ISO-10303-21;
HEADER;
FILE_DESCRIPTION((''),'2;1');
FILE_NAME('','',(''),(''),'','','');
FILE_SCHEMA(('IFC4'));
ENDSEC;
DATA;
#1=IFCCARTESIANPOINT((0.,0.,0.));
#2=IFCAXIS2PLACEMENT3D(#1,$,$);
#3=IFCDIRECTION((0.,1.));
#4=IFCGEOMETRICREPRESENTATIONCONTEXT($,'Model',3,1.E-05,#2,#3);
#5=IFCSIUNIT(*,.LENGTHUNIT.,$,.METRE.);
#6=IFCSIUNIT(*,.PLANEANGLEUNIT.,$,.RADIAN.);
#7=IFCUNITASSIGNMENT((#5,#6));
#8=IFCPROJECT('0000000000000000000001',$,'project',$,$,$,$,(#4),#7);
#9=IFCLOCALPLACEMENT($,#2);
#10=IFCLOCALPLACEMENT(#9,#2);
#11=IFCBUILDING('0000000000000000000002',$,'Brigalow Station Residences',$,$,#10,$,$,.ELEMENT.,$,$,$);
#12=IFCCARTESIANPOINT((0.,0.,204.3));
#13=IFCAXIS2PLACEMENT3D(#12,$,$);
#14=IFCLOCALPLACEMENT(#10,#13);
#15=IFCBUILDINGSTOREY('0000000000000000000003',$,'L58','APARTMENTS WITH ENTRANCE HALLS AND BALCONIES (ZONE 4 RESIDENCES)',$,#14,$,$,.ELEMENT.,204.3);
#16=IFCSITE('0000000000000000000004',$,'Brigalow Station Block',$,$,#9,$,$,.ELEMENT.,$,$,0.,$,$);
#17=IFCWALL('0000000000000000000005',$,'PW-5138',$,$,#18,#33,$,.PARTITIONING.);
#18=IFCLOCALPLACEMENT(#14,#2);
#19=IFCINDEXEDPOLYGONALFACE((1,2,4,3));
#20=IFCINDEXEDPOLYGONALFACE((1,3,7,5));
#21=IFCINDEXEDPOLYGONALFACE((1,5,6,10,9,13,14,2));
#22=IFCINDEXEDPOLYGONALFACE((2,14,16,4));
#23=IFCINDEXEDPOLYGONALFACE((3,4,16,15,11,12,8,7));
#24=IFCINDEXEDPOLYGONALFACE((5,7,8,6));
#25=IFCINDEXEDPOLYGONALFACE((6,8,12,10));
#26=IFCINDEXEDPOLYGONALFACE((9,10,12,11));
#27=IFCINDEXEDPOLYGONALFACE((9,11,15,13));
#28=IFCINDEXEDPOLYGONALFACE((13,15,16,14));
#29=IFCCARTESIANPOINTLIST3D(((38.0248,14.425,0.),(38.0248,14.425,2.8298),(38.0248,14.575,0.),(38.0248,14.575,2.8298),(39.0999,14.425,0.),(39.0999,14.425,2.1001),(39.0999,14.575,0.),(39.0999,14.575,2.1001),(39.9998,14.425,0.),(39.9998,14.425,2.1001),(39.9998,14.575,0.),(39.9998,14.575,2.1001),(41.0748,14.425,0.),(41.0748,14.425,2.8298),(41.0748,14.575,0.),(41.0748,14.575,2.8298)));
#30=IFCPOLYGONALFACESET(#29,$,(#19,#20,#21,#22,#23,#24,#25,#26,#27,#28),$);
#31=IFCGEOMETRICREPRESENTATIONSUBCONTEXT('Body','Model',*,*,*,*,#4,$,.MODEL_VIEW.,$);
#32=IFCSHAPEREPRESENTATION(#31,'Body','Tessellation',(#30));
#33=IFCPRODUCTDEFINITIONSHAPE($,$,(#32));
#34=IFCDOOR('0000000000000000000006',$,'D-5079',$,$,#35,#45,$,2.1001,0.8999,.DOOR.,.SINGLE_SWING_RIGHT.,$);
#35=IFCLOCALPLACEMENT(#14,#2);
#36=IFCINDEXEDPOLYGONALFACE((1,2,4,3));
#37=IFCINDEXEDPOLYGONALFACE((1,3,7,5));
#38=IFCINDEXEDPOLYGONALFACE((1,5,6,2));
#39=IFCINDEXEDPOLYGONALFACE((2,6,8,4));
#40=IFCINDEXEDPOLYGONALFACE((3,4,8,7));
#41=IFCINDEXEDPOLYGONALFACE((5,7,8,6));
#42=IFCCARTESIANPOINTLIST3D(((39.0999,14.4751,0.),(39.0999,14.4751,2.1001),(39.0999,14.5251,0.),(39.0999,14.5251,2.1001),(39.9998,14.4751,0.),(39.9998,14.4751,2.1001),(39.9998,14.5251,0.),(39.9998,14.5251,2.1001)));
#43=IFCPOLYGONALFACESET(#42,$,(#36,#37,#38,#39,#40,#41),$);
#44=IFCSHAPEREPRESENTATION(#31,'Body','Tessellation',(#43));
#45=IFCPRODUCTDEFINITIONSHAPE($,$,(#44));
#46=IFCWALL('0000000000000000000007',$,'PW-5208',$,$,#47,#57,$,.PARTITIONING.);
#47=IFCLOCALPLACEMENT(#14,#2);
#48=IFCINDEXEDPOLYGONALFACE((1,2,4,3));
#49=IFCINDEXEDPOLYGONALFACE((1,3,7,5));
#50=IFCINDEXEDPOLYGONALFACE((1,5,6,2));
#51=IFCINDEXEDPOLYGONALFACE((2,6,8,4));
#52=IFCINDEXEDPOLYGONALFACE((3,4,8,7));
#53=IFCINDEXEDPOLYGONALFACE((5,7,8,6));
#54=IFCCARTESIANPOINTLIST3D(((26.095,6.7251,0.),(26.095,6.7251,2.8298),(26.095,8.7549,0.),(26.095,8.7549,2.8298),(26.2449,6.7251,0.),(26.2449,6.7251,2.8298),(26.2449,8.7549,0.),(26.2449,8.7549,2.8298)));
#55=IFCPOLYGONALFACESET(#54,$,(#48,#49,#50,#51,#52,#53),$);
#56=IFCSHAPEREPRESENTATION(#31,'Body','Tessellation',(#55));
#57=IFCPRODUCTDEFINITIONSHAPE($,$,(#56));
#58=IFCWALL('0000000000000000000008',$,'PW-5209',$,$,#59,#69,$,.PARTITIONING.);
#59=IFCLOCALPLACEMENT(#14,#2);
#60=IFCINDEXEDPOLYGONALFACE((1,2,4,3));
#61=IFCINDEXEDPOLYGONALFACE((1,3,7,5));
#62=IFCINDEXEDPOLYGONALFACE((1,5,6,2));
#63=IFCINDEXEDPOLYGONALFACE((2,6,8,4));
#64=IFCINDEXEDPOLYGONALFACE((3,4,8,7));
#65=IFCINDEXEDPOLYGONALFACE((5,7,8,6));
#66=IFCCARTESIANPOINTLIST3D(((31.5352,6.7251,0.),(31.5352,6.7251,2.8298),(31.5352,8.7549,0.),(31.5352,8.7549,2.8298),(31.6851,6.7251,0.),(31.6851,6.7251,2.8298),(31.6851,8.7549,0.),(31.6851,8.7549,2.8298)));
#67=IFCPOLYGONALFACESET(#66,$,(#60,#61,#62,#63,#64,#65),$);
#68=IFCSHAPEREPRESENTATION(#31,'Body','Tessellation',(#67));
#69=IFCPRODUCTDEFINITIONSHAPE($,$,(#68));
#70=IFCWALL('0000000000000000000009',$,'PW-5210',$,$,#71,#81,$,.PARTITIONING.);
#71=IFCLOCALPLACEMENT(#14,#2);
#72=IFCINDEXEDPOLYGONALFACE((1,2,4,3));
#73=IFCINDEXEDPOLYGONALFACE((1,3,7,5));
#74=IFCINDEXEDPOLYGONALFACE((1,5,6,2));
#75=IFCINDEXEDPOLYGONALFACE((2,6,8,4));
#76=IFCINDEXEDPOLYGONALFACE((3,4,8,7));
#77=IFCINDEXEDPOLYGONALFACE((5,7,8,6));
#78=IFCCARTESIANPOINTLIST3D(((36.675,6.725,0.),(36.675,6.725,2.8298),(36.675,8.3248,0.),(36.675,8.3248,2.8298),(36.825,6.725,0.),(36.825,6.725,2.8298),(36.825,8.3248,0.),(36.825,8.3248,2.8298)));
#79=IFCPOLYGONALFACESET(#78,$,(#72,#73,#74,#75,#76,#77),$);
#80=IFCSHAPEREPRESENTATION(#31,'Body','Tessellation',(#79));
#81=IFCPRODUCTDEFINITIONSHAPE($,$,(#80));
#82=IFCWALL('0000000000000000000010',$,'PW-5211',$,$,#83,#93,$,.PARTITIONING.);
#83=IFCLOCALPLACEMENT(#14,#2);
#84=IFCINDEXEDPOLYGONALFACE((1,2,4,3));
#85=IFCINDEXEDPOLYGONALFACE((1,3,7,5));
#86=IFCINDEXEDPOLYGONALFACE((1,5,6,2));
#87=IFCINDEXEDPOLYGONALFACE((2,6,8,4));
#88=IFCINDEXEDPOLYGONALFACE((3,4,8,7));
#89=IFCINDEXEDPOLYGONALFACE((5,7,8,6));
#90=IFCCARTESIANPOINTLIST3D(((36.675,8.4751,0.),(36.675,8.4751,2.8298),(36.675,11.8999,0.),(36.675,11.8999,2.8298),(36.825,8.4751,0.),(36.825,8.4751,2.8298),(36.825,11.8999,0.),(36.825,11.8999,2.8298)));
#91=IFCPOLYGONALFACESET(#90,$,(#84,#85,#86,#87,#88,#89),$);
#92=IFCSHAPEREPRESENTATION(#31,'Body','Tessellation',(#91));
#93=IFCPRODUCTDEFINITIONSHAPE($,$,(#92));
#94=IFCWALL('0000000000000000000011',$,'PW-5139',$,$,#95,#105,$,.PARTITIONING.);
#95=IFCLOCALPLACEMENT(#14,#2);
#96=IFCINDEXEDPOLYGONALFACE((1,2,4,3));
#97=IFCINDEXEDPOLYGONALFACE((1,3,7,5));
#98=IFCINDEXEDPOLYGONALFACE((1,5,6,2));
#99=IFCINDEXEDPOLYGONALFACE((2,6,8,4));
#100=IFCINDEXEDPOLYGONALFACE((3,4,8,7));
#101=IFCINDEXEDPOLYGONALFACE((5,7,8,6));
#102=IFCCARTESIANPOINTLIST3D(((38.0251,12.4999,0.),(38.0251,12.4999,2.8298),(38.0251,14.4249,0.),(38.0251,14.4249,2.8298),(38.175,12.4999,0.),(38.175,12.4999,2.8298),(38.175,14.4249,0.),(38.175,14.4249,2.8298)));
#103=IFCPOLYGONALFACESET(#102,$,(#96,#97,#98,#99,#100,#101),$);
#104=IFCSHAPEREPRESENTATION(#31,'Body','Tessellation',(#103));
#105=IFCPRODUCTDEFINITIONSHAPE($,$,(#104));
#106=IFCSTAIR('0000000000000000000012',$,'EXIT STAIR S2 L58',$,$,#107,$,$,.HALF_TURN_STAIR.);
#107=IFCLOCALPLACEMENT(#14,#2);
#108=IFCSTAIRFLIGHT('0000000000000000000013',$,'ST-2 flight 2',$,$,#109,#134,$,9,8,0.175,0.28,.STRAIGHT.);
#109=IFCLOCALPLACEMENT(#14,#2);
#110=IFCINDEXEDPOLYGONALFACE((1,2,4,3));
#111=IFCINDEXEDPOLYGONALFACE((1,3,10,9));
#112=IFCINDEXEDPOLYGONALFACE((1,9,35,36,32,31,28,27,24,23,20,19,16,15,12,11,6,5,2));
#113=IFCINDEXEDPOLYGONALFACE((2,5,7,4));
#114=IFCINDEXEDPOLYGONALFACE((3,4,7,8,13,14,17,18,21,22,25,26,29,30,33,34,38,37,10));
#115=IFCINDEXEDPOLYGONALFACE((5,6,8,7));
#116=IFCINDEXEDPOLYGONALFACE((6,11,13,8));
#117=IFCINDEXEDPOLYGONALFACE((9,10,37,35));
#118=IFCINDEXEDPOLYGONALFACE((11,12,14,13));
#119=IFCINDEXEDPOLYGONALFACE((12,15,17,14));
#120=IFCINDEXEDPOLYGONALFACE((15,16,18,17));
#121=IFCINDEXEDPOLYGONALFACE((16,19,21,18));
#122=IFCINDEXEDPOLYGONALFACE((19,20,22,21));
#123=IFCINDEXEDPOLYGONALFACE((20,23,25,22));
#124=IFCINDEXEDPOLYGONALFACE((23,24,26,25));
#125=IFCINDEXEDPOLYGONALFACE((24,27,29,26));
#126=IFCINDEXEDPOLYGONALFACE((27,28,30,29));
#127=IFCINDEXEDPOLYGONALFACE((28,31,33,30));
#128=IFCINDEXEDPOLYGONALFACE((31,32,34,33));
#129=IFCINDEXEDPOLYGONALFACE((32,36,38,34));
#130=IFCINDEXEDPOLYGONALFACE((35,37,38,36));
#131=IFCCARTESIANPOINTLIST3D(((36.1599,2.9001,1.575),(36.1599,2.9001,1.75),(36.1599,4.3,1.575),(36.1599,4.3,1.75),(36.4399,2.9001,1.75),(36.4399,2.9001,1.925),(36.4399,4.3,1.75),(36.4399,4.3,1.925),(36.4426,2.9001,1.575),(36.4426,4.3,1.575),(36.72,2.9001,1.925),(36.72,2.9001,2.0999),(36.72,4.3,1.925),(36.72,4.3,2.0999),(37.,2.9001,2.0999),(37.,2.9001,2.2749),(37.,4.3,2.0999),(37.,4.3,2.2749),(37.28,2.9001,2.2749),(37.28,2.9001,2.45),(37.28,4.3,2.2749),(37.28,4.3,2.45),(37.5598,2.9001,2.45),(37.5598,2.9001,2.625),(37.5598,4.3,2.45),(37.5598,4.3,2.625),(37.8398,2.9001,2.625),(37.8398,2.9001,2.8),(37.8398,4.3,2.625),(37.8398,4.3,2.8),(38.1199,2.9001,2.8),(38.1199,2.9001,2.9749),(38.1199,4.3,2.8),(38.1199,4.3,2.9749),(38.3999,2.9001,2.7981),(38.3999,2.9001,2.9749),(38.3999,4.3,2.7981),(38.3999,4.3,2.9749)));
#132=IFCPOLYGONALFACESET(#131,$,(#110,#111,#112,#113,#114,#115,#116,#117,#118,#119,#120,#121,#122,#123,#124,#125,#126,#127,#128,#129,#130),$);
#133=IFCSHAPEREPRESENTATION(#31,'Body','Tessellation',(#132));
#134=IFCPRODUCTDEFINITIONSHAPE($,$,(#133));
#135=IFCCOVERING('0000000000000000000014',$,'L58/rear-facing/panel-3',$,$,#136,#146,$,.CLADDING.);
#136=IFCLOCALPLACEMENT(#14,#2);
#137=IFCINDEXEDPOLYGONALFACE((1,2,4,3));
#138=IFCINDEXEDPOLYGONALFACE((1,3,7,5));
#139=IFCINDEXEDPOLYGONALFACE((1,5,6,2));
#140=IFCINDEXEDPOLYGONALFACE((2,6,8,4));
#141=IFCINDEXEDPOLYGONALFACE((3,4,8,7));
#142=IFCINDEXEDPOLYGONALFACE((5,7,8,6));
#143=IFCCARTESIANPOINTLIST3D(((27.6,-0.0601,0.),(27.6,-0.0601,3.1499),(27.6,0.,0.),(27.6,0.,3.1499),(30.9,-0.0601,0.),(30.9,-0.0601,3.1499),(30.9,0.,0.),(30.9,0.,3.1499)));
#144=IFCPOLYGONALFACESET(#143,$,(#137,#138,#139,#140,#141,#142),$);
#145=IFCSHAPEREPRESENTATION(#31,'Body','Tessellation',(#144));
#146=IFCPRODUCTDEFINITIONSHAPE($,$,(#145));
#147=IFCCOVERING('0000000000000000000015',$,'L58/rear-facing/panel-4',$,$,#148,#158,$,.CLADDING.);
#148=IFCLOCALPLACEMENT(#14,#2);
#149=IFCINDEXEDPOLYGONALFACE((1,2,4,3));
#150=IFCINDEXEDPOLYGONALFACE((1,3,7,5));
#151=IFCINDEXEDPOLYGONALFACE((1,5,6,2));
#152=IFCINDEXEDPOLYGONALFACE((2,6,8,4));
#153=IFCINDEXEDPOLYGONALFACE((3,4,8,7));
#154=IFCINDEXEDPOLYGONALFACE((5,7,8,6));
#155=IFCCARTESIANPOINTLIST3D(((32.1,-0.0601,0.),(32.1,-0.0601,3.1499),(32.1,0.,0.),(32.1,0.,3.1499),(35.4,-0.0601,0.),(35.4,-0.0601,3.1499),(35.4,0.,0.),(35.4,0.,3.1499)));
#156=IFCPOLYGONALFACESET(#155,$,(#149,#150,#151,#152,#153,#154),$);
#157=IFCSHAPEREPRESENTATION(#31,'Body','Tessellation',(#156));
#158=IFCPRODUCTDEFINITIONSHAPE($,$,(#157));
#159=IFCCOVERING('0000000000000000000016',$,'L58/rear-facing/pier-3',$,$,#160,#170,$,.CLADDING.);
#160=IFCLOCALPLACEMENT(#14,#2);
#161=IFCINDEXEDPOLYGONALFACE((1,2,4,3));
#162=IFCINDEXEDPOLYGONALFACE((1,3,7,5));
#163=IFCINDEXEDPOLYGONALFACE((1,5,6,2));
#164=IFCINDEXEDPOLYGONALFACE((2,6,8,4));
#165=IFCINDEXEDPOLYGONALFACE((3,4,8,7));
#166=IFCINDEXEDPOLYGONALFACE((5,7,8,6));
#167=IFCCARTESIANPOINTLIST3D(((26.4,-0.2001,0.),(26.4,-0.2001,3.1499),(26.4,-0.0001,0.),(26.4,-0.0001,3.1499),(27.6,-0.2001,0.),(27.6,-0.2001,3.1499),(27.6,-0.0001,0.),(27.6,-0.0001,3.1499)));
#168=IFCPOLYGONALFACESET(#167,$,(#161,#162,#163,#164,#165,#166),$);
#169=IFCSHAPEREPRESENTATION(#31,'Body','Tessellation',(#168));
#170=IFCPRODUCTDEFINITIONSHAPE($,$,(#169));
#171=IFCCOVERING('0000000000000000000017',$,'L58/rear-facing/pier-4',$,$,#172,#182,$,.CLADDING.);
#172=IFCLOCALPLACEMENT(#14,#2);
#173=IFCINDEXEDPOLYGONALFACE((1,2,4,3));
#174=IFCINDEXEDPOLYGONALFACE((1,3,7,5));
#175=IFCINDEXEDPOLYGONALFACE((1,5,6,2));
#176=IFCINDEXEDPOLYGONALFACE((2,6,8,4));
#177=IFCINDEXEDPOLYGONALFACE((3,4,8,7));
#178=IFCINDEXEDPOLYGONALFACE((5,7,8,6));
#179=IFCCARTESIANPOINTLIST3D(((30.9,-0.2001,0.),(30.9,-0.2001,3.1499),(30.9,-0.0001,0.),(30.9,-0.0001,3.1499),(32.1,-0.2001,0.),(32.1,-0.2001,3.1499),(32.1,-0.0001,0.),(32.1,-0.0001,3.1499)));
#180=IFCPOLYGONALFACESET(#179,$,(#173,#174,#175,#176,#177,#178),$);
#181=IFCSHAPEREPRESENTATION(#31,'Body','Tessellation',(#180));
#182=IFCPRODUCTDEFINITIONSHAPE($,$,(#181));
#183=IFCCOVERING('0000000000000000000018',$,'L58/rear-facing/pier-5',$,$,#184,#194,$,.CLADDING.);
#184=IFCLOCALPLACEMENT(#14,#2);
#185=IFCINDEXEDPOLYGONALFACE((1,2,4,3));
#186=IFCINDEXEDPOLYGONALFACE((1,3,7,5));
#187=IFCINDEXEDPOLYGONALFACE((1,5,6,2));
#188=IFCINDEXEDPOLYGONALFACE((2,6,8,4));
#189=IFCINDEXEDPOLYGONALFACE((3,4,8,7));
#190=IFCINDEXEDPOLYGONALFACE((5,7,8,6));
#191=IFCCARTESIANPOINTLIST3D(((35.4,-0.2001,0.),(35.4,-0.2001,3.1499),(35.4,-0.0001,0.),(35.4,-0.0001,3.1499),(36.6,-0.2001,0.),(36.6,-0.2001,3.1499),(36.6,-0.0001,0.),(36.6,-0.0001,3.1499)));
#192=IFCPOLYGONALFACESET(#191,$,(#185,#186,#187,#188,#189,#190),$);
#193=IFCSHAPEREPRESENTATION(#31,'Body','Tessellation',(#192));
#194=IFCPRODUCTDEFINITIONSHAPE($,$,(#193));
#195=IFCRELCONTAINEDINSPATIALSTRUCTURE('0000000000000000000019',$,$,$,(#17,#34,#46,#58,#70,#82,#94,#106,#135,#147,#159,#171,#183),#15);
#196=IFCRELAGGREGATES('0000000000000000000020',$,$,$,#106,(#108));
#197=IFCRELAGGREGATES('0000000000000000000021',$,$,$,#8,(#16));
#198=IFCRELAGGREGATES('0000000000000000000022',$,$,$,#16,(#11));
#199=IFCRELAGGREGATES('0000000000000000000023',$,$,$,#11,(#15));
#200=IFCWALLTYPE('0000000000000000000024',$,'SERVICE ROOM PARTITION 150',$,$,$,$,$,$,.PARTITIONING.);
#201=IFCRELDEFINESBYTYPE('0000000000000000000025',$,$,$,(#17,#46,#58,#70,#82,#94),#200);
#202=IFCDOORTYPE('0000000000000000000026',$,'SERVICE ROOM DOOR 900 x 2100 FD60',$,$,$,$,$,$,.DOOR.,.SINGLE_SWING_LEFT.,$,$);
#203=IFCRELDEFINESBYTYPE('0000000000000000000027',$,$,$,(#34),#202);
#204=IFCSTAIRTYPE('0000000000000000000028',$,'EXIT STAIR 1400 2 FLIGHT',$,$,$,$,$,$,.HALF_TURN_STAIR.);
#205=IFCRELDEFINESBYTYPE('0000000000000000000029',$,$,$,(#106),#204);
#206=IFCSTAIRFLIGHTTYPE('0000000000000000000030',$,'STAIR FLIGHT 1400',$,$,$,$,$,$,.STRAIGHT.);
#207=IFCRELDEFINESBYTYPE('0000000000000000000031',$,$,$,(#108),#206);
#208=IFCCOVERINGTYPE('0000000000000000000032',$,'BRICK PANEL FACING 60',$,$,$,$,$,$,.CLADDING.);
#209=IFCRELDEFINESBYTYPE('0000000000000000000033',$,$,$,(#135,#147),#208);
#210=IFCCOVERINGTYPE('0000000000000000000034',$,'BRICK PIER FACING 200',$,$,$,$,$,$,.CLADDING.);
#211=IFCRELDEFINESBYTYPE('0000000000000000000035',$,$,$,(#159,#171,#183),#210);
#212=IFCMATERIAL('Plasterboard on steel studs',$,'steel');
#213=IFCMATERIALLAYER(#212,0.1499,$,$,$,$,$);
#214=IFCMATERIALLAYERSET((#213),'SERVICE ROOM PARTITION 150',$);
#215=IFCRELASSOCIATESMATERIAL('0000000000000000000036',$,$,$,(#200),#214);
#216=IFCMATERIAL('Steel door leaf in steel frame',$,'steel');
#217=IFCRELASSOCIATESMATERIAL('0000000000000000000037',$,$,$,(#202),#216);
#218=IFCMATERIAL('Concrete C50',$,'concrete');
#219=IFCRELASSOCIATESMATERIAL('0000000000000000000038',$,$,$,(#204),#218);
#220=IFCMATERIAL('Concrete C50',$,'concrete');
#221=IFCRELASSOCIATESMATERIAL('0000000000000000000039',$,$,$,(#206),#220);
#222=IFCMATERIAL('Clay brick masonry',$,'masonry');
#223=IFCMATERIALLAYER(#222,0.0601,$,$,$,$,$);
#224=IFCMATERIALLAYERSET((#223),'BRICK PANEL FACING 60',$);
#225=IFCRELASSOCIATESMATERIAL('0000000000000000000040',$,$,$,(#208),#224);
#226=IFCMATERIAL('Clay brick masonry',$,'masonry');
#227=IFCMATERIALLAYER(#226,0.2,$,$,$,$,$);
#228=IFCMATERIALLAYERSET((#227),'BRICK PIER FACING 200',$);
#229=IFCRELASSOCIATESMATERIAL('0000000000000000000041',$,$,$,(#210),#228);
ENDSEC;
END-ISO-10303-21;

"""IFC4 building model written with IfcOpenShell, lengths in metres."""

from ifc_helpers import new_model, si_unit, direction, frame, frame_2d, origin, origin_2d, place, context, subcontext, project, spatial, polyline, rectangle, outline, extrude, material, layer, layer_set, type_object, element, fill, aggregate, save


model = new_model("IFC4")

# Units and contexts
model_context = context("Model", 3, precision=1e-05, world=origin(), true_north=direction((0.0, 1.0)))
body_context = subcontext(model_context, "Body", "Model", "MODEL_VIEW")
ifc_project = project(units=[si_unit("LENGTHUNIT", "METRE"), si_unit("PLANEANGLEUNIT", "RADIAN")], contexts=[model_context])

# Site, building, storey
site_placement = place(None, origin())
site = spatial("IfcSite", under=ifc_project, at=site_placement, Name="Brigalow Station Block", CompositionType="ELEMENT", RefElevation=0.0)
building_placement = place(site_placement, origin())
building = spatial("IfcBuilding", under=site, at=building_placement, Name="Brigalow Station Residences", CompositionType="ELEMENT")
storey_placement = place(building_placement, frame((0.0, 0.0, 204.3)))
storey = spatial("IfcBuildingStorey", under=building, at=storey_placement, Name="L58", Description="APARTMENTS WITH ENTRANCE HALLS AND BALCONIES (ZONE 4 RESIDENCES)", CompositionType="ELEMENT", Elevation=204.3)

# Shared definitions
ifc_material_1 = material(Name="Plasterboard on steel studs", Category="steel")
ifc_layer_1 = layer(ifc_material_1, 0.1499)
ifc_layer_set_1 = layer_set([ifc_layer_1], Name="SERVICE ROOM PARTITION 150")
wall_type_1 = type_object("IfcWallType", Name="SERVICE ROOM PARTITION 150", PredefinedType="PARTITIONING", material=ifc_layer_set_1)

# Wall, opening, door
wall_1_placement = place(storey_placement, frame((38.0249, 14.5, 0.0), z_axis=(0.0, 0.0, 1.0), x_axis=(1.0, 0.0, 0.0)))
wall_1 = element("IfcWall", 1, at=wall_1_placement, inside=storey, type_object=wall_type_1, Name="PW-5138", PredefinedType="PARTITIONING", context=body_context, shape_type="SweptSolid", body=[
    extrude(rectangle(XDim=3.05, YDim=0.1499, at=frame_2d((1.5249, 0.0))), origin(), (0.0, 0.0, 1.0), 2.8298),
])
opening_1_placement = place(wall_1_placement, frame((1.075, 0.0, 0.0)))
opening_1 = element("IfcOpeningElement", 2, at=opening_1_placement, cuts=wall_1, PredefinedType="OPENING", context=body_context, shape_type="SweptSolid", body=[
    extrude(rectangle(XDim=0.8999, YDim=2.1001, at=frame_2d((0.45, 1.05))), frame((0.0, 0.085, 0.0), z_axis=(0.0, -1.0, 0.0), x_axis=(1.0, 0.0, 0.0)), (0.0, 0.0, 1.0), 0.1699),
])
ifc_material_2 = material(Name="Steel door leaf in steel frame", Category="steel")
door_type_1 = type_object("IfcDoorType", Name="SERVICE ROOM DOOR 900 x 2100 FD60", OperationType="SINGLE_SWING_LEFT", PredefinedType="DOOR", material=ifc_material_2)
door_1_placement = place(opening_1_placement, frame((0.8999, 0.0, 0.0), z_axis=(0.0, 0.0, 1.0), x_axis=(-1.0, 0.0, 0.0)))
door_1 = element("IfcDoor", 3, at=door_1_placement, inside=storey, type_object=door_type_1, Name="D-5079", OperationType="SINGLE_SWING_RIGHT", OverallHeight=2.1001, OverallWidth=0.8999, PredefinedType="DOOR", context=body_context, shape_type="SweptSolid", body=[
    extrude(rectangle(XDim=0.8999, YDim=2.1001, at=frame_2d((0.45, 1.05))), frame((0.0, 0.0249, 0.0), z_axis=(0.0, -1.0, 0.0), x_axis=(1.0, 0.0, 0.0)), (0.0, 0.0, 1.0), 0.05),
])
fill(opening_1, door_1)

# Walls
for number, where, z_axis, x_axis, name in (
    (4, (26.1699, 6.7251, 0.0), (0.0, 0.0, 1.0), (0.0, 1.0, 0.0), "PW-5208"),
    (5, (31.6101, 6.7251, 0.0), (0.0, 0.0, 1.0), (0.0, 1.0, 0.0), "PW-5209"),
):
    element("IfcWall", number, at=place(storey_placement, frame(where, z_axis=z_axis, x_axis=x_axis)), inside=storey, type_object=wall_type_1, Name=name, PredefinedType="PARTITIONING", context=body_context, shape_type="SweptSolid", body=[
        extrude(rectangle(XDim=2.0298, YDim=0.1499, at=frame_2d((1.0149, 0.0))), origin(), (0.0, 0.0, 1.0), 2.8298),
    ])
wall_2_placement = place(storey_placement, frame((36.75, 6.7251, 0.0), z_axis=(0.0, 0.0, 1.0), x_axis=(0.0, 1.0, 0.0)))
element("IfcWall", 6, at=wall_2_placement, inside=storey, type_object=wall_type_1, Name="PW-5210", PredefinedType="PARTITIONING", context=body_context, shape_type="SweptSolid", body=[
    extrude(rectangle(XDim=1.5999, YDim=0.1499, at=frame_2d((0.7998, 0.0))), origin(), (0.0, 0.0, 1.0), 2.8298),
])
wall_3_placement = place(storey_placement, frame((36.75, 8.4751, 0.0), z_axis=(0.0, 0.0, 1.0), x_axis=(0.0, 1.0, 0.0)))
element("IfcWall", 7, at=wall_3_placement, inside=storey, type_object=wall_type_1, Name="PW-5211", PredefinedType="PARTITIONING", context=body_context, shape_type="SweptSolid", body=[
    extrude(rectangle(XDim=3.4248, YDim=0.1499, at=frame_2d((1.7124, 0.0))), origin(), (0.0, 0.0, 1.0), 2.8298),
])
wall_4_placement = place(storey_placement, frame((38.1001, 12.5, 0.0), z_axis=(0.0, 0.0, 1.0), x_axis=(0.0, 1.0, 0.0)))
element("IfcWall", 8, at=wall_4_placement, inside=storey, type_object=wall_type_1, Name="PW-5139", PredefinedType="PARTITIONING", context=body_context, shape_type="SweptSolid", body=[
    extrude(rectangle(XDim=1.925, YDim=0.1499, at=frame_2d((0.9624, 0.0))), origin(), (0.0, 0.0, 1.0), 2.8298),
])

# Stair, stair flight
ifc_material_3 = material(Name="Concrete C50", Category="concrete")
stair_type = type_object("IfcStairType", Name="EXIT STAIR 1400 2 FLIGHT", PredefinedType="HALF_TURN_STAIR", material=ifc_material_3)
stair_placement = place(storey_placement, origin())
stair = element("IfcStair", 9, at=stair_placement, inside=storey, type_object=stair_type, Name="EXIT STAIR S2 L58", PredefinedType="HALF_TURN_STAIR")
ifc_material_4 = material(Name="Concrete C50", Category="concrete")
stair_flight_type = type_object("IfcStairFlightType", Name="STAIR FLIGHT 1400", PredefinedType="STRAIGHT", material=ifc_material_4)
stair_flight_placement = place(storey_placement, frame((36.1599, 3.6001, 1.575), z_axis=(0.0, 0.0, 1.0), x_axis=(1.0, 0.0, 0.0)))
stair_flight = element("IfcStairFlight", 10, at=stair_flight_placement, type_object=stair_flight_type, Name="ST-2 flight 2", NumberOfRisers=9, NumberOfTreads=8, PredefinedType="STRAIGHT", RiserHeight=0.175, TreadLength=0.28, context=body_context, shape_type="SweptSolid", body=[
    extrude(outline(polyline([(0.0, 0.0), (0.0, 0.175), (0.28, 0.175), (0.28, 0.3501), (0.5601, 0.3501), (0.5601, 0.5249), (0.8401, 0.5249), (0.8401, 0.7), (1.1201, 0.7), (1.1201, 0.875), (1.3999, 0.875), (1.3999, 1.05), (1.6799, 1.05), (1.6799, 1.2251), (1.96, 1.2251), (1.96, 1.3999), (2.24, 1.3999), (2.24, 1.575), (2.24, 1.2231), (0.2827, 0.0), (0.0, 0.0)])), frame((0.0, 0.7, 0.0), z_axis=(0.0, -1.0, 0.0), x_axis=(1.0, 0.0, 0.0)), (0.0, 0.0, 1.0), 1.3999),
])
aggregate(stair, [stair_flight])

# Coverings
ifc_material_5 = material(Name="Clay brick masonry", Category="masonry")
ifc_layer_2 = layer(ifc_material_5, 0.0601)
ifc_layer_set_2 = layer_set([ifc_layer_2], Name="BRICK PANEL FACING 60")
covering_type_1 = type_object("IfcCoveringType", Name="BRICK PANEL FACING 60", PredefinedType="CLADDING", material=ifc_layer_set_2)
for number, where, z_axis, x_axis, name in (
    (11, (29.25, -0.03, 0.0), (0.0, 0.0, 1.0), (1.0, 0.0, 0.0), "L58/rear-facing/panel-3"),
    (12, (33.75, -0.03, 0.0), (0.0, 0.0, 1.0), (1.0, 0.0, 0.0), "L58/rear-facing/panel-4"),
):
    element("IfcCovering", number, at=place(storey_placement, frame(where, z_axis=z_axis, x_axis=x_axis)), inside=storey, type_object=covering_type_1, Name=name, PredefinedType="CLADDING", context=body_context, shape_type="SweptSolid", body=[
        extrude(rectangle(XDim=3.3, YDim=0.0601, at=origin_2d()), origin(), (0.0, 0.0, 1.0), 3.1499),
    ])
ifc_material_6 = material(Name="Clay brick masonry", Category="masonry")
ifc_layer_3 = layer(ifc_material_6, 0.2)
ifc_layer_set_3 = layer_set([ifc_layer_3], Name="BRICK PIER FACING 200")
covering_type_2 = type_object("IfcCoveringType", Name="BRICK PIER FACING 200", PredefinedType="CLADDING", material=ifc_layer_set_3)
for number, where, z_axis, x_axis, name in (
    (13, (27.0, -0.1001, 0.0), (0.0, 0.0, 1.0), (1.0, 0.0, 0.0), "L58/rear-facing/pier-3"),
    (14, (31.5, -0.1001, 0.0), (0.0, 0.0, 1.0), (1.0, 0.0, 0.0), "L58/rear-facing/pier-4"),
    (15, (36.0, -0.1001, 0.0), (0.0, 0.0, 1.0), (1.0, 0.0, 0.0), "L58/rear-facing/pier-5"),
):
    element("IfcCovering", number, at=place(storey_placement, frame(where, z_axis=z_axis, x_axis=x_axis)), inside=storey, type_object=covering_type_2, Name=name, PredefinedType="CLADDING", context=body_context, shape_type="SweptSolid", body=[
        extrude(rectangle(XDim=1.2, YDim=0.2, at=origin_2d()), origin(), (0.0, 0.0, 1.0), 3.1499),
    ])

save(model, "model.ifc")
